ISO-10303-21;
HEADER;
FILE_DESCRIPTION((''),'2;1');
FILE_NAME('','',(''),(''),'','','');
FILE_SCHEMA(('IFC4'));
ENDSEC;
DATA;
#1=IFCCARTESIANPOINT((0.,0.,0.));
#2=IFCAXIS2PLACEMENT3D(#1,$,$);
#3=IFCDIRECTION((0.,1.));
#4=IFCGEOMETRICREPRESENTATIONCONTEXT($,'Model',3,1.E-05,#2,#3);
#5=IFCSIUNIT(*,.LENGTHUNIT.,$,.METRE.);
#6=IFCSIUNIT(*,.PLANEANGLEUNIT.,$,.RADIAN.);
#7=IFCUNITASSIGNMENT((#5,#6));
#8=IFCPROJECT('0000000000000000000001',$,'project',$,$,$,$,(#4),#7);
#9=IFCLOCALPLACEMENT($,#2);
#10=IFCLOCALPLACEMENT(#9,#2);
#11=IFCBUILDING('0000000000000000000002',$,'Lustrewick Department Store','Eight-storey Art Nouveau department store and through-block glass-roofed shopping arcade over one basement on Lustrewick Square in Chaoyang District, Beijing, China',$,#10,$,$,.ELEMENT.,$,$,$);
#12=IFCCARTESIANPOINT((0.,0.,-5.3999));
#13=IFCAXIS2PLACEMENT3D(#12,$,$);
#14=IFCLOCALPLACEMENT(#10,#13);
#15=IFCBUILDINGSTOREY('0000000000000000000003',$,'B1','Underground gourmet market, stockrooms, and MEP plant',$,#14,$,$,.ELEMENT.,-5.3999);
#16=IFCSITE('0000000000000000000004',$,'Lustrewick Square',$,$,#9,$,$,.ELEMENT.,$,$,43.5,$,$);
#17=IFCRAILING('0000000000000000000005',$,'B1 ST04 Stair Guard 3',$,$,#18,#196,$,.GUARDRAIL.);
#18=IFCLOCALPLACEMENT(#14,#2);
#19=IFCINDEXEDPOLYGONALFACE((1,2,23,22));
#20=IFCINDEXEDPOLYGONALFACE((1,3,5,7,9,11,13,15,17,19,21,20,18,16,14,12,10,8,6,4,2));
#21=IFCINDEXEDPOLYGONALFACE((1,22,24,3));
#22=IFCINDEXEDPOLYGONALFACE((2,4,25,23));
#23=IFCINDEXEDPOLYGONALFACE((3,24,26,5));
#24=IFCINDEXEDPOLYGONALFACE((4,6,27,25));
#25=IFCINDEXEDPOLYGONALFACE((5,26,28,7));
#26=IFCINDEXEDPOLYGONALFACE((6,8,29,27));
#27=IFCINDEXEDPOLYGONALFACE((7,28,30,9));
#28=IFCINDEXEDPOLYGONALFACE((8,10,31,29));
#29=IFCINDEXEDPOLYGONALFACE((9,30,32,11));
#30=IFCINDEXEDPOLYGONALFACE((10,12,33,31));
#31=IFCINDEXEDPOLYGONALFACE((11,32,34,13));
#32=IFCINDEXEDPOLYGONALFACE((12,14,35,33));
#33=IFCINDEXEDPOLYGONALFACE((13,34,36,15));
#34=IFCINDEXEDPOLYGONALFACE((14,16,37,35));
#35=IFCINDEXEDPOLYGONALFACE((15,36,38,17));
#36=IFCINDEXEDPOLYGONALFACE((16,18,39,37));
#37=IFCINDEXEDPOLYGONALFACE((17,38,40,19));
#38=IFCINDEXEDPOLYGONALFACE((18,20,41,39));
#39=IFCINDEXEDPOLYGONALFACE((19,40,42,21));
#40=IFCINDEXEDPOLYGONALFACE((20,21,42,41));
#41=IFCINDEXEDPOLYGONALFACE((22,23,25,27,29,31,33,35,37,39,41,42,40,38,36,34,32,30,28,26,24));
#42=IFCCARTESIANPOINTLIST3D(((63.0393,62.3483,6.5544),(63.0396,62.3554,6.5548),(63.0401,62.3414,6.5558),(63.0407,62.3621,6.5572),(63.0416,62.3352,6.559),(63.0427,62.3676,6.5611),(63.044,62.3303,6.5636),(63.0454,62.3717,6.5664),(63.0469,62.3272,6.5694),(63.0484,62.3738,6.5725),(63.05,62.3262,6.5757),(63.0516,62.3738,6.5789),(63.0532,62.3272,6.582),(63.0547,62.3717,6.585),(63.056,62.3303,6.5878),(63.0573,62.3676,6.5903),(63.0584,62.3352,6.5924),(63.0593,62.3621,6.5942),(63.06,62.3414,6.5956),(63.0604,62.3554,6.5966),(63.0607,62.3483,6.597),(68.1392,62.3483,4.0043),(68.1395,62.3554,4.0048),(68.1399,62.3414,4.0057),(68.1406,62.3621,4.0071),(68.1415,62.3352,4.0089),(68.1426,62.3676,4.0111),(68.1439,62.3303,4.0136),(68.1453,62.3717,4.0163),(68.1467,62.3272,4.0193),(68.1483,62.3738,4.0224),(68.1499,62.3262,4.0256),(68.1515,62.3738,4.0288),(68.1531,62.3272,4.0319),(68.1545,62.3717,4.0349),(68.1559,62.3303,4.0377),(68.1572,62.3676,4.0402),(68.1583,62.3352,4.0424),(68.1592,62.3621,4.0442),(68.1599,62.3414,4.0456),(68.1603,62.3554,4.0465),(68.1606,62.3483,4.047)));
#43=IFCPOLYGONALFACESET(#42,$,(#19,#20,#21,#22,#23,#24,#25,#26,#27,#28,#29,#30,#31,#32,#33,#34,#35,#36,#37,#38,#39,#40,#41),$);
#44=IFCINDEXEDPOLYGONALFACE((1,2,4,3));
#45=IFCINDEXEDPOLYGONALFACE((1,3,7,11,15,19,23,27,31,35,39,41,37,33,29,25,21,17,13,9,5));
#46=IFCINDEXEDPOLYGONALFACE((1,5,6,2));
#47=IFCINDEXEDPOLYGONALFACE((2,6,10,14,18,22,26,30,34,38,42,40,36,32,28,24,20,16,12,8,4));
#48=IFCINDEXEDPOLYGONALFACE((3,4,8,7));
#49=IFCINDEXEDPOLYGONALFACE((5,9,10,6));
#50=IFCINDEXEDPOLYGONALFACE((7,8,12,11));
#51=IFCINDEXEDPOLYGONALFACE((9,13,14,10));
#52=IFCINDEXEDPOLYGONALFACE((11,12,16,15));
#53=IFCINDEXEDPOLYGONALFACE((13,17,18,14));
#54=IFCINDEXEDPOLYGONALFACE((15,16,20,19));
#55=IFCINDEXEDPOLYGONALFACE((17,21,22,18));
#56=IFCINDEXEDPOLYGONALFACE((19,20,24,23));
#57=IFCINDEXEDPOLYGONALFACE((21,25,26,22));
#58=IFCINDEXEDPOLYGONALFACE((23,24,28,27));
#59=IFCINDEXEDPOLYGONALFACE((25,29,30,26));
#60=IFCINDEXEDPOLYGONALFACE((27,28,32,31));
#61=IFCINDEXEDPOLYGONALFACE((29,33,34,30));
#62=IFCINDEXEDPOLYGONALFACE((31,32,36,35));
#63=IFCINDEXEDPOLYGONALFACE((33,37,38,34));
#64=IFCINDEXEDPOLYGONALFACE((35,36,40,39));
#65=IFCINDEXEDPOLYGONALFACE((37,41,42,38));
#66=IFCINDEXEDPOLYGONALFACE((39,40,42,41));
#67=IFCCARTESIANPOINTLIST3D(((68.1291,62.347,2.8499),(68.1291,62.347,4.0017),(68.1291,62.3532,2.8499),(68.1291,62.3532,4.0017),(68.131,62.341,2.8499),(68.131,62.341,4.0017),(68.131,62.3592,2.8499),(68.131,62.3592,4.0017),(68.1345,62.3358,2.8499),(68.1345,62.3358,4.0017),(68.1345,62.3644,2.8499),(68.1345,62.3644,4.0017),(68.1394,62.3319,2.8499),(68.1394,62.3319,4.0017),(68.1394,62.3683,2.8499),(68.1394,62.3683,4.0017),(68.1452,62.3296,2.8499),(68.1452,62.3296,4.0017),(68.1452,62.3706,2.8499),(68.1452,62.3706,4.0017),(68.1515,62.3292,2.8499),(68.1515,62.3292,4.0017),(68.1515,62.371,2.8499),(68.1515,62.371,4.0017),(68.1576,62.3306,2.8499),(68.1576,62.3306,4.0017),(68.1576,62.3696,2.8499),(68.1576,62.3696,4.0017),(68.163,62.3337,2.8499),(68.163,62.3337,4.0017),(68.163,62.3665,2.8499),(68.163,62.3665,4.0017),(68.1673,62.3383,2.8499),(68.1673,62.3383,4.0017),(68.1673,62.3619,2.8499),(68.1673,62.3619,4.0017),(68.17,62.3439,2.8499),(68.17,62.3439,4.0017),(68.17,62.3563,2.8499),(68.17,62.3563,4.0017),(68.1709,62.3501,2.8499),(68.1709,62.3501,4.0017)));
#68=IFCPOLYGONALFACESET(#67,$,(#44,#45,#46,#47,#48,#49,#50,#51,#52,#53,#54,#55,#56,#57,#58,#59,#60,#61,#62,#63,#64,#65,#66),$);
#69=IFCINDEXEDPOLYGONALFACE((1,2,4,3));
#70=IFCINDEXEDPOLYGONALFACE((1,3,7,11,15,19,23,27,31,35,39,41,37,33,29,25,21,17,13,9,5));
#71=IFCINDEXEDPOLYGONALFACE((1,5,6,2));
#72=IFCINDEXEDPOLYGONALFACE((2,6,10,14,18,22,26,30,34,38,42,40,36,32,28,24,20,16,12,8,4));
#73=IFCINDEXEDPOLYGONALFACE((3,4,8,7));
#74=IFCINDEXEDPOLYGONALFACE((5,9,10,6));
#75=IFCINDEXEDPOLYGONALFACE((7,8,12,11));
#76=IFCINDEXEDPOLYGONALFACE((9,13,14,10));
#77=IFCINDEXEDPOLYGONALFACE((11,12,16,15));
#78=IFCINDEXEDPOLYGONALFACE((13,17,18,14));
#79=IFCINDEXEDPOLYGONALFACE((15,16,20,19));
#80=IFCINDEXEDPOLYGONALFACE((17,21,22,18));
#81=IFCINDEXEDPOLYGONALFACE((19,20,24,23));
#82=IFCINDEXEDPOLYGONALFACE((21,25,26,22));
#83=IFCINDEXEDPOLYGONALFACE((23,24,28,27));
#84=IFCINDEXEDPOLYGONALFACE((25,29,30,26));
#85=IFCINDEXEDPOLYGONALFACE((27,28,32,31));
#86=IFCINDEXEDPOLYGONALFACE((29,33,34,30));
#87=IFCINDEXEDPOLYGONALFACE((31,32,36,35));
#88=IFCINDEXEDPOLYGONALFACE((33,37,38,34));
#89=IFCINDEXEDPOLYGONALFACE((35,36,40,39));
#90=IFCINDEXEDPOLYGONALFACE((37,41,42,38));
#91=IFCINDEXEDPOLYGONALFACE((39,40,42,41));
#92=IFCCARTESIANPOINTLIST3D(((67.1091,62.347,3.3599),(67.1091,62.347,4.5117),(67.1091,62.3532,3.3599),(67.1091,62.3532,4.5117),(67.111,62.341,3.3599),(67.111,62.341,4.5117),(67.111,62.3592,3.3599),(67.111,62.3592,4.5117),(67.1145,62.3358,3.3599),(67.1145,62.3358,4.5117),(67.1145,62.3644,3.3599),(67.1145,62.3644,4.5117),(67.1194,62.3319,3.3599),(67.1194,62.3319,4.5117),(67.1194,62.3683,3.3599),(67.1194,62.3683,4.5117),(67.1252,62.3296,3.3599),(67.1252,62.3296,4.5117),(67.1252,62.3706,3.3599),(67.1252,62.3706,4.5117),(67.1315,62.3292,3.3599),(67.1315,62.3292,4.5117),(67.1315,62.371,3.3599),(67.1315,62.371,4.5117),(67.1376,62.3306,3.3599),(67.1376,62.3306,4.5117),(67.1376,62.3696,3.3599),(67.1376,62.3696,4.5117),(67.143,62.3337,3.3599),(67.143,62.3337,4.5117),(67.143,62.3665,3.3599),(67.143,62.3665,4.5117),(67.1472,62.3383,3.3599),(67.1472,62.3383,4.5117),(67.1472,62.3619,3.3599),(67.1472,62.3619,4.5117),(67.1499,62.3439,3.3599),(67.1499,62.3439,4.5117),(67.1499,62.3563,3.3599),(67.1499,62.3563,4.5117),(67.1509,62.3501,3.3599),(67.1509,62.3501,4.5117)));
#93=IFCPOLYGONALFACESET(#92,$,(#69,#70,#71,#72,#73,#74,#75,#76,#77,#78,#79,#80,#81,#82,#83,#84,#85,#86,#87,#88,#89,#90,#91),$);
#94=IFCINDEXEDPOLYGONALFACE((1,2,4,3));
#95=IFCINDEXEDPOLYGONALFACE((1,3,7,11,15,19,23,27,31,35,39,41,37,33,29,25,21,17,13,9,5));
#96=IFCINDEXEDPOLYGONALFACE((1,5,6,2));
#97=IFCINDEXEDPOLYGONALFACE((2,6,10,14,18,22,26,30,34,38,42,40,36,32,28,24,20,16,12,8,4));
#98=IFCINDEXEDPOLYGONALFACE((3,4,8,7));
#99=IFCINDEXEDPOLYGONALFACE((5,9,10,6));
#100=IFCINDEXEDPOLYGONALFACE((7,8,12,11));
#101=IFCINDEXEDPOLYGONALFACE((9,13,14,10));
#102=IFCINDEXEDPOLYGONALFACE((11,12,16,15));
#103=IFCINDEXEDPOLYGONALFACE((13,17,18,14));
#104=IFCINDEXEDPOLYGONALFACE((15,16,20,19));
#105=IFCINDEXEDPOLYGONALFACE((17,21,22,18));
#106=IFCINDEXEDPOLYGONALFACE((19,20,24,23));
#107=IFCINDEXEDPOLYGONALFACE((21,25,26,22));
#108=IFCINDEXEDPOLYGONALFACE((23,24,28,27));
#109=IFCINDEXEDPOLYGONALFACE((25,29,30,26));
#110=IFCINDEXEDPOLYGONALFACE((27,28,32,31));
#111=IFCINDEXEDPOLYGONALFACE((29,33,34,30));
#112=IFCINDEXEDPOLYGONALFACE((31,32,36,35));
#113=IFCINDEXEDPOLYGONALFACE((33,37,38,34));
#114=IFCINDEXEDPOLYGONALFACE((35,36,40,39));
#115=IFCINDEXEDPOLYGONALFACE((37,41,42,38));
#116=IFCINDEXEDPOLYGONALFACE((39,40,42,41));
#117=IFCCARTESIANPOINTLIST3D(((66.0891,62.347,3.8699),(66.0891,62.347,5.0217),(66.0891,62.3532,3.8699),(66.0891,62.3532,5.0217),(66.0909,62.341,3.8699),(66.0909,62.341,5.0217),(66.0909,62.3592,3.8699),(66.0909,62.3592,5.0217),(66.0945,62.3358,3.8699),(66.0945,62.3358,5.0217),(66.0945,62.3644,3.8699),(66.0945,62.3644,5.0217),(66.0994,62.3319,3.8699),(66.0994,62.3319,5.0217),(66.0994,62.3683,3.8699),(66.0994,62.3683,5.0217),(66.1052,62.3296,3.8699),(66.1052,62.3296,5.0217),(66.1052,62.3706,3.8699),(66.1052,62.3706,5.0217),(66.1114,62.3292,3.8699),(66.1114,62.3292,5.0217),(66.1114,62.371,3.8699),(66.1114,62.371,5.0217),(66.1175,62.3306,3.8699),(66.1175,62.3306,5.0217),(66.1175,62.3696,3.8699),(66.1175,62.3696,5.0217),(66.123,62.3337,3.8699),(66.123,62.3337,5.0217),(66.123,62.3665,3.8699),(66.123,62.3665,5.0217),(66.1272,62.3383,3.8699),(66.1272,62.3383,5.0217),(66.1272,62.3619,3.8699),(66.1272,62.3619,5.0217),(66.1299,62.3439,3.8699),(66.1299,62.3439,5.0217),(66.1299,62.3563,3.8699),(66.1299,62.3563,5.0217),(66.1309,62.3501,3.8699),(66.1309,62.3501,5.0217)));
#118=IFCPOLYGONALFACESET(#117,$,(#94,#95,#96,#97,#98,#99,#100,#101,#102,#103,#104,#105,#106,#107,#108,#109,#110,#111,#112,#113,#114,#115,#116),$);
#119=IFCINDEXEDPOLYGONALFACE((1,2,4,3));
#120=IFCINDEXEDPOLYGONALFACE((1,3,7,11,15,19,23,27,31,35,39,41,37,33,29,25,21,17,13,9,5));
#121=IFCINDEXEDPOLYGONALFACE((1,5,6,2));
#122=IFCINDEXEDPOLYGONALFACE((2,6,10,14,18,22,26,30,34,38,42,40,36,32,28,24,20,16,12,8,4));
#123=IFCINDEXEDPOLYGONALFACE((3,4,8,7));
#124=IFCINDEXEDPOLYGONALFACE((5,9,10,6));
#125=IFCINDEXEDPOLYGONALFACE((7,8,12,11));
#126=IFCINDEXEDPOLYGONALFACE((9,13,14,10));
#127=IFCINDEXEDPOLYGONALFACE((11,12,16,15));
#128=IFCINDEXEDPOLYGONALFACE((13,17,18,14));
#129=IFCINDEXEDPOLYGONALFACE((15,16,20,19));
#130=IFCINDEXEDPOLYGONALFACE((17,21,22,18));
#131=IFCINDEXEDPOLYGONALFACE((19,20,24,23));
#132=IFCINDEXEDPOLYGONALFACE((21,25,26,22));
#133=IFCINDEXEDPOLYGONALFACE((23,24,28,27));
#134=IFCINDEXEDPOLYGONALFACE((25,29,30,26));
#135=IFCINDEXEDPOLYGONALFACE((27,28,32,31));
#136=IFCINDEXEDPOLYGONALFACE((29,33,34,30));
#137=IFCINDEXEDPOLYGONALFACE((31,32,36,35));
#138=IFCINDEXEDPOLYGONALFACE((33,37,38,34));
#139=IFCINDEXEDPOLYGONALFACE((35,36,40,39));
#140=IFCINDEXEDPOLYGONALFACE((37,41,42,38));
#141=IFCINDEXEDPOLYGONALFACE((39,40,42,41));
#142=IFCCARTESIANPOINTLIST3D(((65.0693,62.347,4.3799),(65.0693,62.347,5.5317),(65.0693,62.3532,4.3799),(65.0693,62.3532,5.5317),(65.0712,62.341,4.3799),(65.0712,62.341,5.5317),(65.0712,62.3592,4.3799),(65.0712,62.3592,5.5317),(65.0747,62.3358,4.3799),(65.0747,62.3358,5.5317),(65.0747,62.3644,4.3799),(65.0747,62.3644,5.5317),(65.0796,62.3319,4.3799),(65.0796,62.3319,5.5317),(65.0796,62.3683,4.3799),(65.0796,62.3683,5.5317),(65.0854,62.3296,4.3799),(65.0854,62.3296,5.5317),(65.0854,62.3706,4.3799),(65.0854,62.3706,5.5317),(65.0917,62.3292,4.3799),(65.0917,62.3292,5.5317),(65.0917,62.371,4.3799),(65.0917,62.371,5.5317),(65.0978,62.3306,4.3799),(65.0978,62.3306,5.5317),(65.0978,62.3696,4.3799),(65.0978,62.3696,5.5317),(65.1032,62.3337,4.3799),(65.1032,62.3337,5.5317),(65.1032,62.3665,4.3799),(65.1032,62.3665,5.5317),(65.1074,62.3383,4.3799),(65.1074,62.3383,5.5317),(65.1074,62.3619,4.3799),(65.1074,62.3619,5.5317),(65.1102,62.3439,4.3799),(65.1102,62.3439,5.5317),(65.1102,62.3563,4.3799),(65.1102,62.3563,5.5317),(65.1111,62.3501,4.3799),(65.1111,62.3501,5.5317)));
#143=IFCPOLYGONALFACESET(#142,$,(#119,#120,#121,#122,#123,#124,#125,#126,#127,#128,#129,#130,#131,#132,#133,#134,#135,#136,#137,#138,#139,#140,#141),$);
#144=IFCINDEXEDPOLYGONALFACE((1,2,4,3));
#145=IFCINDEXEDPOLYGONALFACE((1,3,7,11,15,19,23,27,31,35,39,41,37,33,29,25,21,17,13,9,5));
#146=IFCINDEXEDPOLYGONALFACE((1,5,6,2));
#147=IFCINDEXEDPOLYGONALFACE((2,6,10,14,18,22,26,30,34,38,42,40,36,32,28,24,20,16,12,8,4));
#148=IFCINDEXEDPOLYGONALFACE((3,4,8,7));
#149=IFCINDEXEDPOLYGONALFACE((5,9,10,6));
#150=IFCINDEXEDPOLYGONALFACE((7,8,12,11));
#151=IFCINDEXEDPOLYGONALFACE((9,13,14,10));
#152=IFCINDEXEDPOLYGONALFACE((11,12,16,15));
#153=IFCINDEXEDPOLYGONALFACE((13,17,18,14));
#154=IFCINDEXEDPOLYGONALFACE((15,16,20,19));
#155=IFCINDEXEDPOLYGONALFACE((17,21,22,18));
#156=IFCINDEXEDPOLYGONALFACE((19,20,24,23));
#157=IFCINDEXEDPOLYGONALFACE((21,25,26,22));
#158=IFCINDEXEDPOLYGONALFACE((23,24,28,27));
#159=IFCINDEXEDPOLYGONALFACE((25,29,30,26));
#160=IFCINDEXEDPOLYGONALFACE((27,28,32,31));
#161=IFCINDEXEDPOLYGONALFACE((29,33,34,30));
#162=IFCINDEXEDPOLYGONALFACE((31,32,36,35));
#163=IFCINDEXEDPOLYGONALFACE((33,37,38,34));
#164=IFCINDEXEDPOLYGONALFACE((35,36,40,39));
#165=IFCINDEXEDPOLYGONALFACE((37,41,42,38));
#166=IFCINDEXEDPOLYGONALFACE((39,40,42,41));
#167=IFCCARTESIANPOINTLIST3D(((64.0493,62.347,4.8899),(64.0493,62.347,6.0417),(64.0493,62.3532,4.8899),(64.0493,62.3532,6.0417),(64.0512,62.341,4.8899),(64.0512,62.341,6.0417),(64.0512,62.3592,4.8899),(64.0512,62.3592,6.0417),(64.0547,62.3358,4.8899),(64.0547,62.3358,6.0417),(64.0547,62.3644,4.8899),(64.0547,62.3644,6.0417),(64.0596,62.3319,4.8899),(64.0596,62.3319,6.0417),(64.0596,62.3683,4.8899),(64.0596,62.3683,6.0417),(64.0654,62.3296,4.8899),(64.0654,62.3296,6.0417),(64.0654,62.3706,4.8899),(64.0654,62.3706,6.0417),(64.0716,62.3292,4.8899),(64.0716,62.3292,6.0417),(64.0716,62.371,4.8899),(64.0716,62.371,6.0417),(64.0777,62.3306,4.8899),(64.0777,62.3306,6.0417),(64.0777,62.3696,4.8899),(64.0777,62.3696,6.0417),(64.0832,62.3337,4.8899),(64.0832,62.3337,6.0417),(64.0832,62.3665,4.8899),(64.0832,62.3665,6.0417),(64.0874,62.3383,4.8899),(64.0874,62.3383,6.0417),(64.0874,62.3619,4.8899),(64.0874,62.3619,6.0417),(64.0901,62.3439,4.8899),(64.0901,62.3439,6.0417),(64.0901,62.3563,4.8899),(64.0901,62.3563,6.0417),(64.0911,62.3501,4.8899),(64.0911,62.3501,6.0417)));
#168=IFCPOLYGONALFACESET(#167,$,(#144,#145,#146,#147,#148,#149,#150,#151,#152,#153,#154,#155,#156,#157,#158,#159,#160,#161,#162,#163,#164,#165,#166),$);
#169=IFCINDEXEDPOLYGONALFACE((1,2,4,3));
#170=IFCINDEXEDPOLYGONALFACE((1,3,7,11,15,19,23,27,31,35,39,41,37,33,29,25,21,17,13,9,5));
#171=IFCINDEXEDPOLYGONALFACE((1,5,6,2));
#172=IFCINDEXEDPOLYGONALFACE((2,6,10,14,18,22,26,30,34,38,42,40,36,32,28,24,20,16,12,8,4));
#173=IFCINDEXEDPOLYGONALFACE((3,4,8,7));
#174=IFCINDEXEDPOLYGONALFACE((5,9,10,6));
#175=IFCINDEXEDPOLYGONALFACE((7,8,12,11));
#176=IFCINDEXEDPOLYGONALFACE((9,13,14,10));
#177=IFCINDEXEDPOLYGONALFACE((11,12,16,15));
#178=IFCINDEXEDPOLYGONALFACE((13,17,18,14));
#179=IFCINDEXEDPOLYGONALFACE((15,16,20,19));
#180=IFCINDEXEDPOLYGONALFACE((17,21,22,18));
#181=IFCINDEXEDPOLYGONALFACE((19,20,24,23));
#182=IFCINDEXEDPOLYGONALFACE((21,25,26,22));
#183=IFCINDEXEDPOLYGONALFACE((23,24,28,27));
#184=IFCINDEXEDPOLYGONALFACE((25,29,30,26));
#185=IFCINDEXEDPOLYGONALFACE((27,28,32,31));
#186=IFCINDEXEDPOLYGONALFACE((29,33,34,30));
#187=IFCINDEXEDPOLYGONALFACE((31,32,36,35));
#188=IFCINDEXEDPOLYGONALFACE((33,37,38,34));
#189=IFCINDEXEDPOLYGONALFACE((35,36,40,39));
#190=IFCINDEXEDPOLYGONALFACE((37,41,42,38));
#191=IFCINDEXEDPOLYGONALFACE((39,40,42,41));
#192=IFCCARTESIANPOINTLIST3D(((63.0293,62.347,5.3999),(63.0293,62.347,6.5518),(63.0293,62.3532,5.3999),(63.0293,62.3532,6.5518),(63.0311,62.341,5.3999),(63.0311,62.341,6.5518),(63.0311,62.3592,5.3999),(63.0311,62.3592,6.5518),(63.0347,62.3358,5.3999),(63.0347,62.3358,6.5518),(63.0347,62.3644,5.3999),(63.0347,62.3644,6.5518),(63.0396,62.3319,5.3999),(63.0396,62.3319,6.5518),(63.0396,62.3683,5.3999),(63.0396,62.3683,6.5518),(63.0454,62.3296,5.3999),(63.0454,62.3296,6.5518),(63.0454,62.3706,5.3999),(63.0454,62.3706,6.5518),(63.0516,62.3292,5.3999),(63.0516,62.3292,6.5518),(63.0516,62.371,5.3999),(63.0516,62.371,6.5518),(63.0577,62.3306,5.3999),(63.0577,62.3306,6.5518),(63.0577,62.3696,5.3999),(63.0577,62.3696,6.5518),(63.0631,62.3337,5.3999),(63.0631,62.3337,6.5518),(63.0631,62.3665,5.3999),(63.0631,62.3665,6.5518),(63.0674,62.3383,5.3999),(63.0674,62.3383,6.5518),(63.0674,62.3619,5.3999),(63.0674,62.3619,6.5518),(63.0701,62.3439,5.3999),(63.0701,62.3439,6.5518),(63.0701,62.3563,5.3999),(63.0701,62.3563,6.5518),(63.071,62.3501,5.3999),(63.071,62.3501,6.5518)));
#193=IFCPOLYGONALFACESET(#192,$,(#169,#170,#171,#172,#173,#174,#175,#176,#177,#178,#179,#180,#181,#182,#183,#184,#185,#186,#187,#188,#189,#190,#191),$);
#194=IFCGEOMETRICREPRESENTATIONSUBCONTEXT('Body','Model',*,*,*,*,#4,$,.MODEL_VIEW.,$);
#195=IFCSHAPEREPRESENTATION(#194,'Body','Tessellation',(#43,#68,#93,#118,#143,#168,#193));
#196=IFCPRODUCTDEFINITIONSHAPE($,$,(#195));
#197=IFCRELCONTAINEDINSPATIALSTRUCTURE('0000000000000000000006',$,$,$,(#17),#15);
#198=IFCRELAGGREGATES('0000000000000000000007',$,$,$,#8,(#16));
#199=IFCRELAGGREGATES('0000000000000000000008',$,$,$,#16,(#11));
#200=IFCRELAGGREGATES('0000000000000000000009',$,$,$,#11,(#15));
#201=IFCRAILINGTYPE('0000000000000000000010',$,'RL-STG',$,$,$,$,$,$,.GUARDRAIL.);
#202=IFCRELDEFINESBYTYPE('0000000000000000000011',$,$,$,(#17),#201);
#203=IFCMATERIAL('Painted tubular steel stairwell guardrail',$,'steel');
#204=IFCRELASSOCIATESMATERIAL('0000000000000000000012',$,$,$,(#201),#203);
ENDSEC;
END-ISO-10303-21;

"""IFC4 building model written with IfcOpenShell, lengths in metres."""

from ifc_helpers import new_model, si_unit, direction, frame, origin, origin_2d, place, context, subcontext, project, spatial, circle, extrude, material, type_object, element, save


model = new_model("IFC4")

# Units and contexts
model_context = context("Model", 3, precision=1e-05, world=origin(), true_north=direction((0.0, 1.0)))
body_context = subcontext(model_context, "Body", "Model", "MODEL_VIEW")
ifc_project = project(units=[si_unit("LENGTHUNIT", "METRE"), si_unit("PLANEANGLEUNIT", "RADIAN")], contexts=[model_context])

# Site, building, storey
site_placement = place(None, origin())
site = spatial("IfcSite", under=ifc_project, at=site_placement, Name="Lustrewick Square", CompositionType="ELEMENT", RefElevation=43.5)
building_placement = place(site_placement, origin())
building = spatial("IfcBuilding", under=site, at=building_placement, Name="Lustrewick Department Store", Description="Eight-storey Art Nouveau department store and through-block glass-roofed shopping arcade over one basement on Lustrewick Square in Chaoyang District, Beijing, China", CompositionType="ELEMENT")
storey_placement = place(building_placement, frame((0.0, 0.0, -5.3999)))
storey = spatial("IfcBuildingStorey", under=building, at=storey_placement, Name="B1", Description="Underground gourmet market, stockrooms, and MEP plant", CompositionType="ELEMENT", Elevation=-5.3999)

# Railing
ifc_material_1 = material(Name="Painted tubular steel stairwell guardrail", Category="steel")
railing_type_1 = type_object("IfcRailingType", Name="RL-STG", PredefinedType="GUARDRAIL", material=ifc_material_1)
railing_1_placement = place(storey_placement, frame((68.1499, 62.3501, 2.8499)))
element("IfcRailing", 1, at=railing_1_placement, inside=storey, type_object=railing_type_1, Name="B1 ST04 Stair Guard 3", PredefinedType="GUARDRAIL", context=body_context, shape_type="SweptSolid", body=[
    extrude(circle(Radius=0.0239, at=origin_2d()), frame((0.0, 0.0, 1.1758), z_axis=(-0.894419, 0.0, 0.447231), x_axis=(0.0, -1.0, 0.0)), (0.0, 0.0, 1.0), 5.7019),
    extrude(circle(Radius=0.021, at=origin_2d()), origin(), (0.0, 0.0, 1.0), 1.1519),
    extrude(circle(Radius=0.021, at=origin_2d()), frame((-1.02, 0.0, 0.51)), (0.0, 0.0, 1.0), 1.1519),
    extrude(circle(Radius=0.021, at=origin_2d()), frame((-2.04, 0.0, 1.02)), (0.0, 0.0, 1.0), 1.1519),
    extrude(circle(Radius=0.021, at=origin_2d()), frame((-3.0598, 0.0, 1.53)), (0.0, 0.0, 1.0), 1.1519),
    extrude(circle(Radius=0.021, at=origin_2d()), frame((-4.0798, 0.0, 2.04)), (0.0, 0.0, 1.0), 1.1519),
    extrude(circle(Radius=0.021, at=origin_2d()), frame((-5.0999, 0.0, 2.55)), (0.0, 0.0, 1.0), 1.1519),
])

save(model, "model.ifc")
